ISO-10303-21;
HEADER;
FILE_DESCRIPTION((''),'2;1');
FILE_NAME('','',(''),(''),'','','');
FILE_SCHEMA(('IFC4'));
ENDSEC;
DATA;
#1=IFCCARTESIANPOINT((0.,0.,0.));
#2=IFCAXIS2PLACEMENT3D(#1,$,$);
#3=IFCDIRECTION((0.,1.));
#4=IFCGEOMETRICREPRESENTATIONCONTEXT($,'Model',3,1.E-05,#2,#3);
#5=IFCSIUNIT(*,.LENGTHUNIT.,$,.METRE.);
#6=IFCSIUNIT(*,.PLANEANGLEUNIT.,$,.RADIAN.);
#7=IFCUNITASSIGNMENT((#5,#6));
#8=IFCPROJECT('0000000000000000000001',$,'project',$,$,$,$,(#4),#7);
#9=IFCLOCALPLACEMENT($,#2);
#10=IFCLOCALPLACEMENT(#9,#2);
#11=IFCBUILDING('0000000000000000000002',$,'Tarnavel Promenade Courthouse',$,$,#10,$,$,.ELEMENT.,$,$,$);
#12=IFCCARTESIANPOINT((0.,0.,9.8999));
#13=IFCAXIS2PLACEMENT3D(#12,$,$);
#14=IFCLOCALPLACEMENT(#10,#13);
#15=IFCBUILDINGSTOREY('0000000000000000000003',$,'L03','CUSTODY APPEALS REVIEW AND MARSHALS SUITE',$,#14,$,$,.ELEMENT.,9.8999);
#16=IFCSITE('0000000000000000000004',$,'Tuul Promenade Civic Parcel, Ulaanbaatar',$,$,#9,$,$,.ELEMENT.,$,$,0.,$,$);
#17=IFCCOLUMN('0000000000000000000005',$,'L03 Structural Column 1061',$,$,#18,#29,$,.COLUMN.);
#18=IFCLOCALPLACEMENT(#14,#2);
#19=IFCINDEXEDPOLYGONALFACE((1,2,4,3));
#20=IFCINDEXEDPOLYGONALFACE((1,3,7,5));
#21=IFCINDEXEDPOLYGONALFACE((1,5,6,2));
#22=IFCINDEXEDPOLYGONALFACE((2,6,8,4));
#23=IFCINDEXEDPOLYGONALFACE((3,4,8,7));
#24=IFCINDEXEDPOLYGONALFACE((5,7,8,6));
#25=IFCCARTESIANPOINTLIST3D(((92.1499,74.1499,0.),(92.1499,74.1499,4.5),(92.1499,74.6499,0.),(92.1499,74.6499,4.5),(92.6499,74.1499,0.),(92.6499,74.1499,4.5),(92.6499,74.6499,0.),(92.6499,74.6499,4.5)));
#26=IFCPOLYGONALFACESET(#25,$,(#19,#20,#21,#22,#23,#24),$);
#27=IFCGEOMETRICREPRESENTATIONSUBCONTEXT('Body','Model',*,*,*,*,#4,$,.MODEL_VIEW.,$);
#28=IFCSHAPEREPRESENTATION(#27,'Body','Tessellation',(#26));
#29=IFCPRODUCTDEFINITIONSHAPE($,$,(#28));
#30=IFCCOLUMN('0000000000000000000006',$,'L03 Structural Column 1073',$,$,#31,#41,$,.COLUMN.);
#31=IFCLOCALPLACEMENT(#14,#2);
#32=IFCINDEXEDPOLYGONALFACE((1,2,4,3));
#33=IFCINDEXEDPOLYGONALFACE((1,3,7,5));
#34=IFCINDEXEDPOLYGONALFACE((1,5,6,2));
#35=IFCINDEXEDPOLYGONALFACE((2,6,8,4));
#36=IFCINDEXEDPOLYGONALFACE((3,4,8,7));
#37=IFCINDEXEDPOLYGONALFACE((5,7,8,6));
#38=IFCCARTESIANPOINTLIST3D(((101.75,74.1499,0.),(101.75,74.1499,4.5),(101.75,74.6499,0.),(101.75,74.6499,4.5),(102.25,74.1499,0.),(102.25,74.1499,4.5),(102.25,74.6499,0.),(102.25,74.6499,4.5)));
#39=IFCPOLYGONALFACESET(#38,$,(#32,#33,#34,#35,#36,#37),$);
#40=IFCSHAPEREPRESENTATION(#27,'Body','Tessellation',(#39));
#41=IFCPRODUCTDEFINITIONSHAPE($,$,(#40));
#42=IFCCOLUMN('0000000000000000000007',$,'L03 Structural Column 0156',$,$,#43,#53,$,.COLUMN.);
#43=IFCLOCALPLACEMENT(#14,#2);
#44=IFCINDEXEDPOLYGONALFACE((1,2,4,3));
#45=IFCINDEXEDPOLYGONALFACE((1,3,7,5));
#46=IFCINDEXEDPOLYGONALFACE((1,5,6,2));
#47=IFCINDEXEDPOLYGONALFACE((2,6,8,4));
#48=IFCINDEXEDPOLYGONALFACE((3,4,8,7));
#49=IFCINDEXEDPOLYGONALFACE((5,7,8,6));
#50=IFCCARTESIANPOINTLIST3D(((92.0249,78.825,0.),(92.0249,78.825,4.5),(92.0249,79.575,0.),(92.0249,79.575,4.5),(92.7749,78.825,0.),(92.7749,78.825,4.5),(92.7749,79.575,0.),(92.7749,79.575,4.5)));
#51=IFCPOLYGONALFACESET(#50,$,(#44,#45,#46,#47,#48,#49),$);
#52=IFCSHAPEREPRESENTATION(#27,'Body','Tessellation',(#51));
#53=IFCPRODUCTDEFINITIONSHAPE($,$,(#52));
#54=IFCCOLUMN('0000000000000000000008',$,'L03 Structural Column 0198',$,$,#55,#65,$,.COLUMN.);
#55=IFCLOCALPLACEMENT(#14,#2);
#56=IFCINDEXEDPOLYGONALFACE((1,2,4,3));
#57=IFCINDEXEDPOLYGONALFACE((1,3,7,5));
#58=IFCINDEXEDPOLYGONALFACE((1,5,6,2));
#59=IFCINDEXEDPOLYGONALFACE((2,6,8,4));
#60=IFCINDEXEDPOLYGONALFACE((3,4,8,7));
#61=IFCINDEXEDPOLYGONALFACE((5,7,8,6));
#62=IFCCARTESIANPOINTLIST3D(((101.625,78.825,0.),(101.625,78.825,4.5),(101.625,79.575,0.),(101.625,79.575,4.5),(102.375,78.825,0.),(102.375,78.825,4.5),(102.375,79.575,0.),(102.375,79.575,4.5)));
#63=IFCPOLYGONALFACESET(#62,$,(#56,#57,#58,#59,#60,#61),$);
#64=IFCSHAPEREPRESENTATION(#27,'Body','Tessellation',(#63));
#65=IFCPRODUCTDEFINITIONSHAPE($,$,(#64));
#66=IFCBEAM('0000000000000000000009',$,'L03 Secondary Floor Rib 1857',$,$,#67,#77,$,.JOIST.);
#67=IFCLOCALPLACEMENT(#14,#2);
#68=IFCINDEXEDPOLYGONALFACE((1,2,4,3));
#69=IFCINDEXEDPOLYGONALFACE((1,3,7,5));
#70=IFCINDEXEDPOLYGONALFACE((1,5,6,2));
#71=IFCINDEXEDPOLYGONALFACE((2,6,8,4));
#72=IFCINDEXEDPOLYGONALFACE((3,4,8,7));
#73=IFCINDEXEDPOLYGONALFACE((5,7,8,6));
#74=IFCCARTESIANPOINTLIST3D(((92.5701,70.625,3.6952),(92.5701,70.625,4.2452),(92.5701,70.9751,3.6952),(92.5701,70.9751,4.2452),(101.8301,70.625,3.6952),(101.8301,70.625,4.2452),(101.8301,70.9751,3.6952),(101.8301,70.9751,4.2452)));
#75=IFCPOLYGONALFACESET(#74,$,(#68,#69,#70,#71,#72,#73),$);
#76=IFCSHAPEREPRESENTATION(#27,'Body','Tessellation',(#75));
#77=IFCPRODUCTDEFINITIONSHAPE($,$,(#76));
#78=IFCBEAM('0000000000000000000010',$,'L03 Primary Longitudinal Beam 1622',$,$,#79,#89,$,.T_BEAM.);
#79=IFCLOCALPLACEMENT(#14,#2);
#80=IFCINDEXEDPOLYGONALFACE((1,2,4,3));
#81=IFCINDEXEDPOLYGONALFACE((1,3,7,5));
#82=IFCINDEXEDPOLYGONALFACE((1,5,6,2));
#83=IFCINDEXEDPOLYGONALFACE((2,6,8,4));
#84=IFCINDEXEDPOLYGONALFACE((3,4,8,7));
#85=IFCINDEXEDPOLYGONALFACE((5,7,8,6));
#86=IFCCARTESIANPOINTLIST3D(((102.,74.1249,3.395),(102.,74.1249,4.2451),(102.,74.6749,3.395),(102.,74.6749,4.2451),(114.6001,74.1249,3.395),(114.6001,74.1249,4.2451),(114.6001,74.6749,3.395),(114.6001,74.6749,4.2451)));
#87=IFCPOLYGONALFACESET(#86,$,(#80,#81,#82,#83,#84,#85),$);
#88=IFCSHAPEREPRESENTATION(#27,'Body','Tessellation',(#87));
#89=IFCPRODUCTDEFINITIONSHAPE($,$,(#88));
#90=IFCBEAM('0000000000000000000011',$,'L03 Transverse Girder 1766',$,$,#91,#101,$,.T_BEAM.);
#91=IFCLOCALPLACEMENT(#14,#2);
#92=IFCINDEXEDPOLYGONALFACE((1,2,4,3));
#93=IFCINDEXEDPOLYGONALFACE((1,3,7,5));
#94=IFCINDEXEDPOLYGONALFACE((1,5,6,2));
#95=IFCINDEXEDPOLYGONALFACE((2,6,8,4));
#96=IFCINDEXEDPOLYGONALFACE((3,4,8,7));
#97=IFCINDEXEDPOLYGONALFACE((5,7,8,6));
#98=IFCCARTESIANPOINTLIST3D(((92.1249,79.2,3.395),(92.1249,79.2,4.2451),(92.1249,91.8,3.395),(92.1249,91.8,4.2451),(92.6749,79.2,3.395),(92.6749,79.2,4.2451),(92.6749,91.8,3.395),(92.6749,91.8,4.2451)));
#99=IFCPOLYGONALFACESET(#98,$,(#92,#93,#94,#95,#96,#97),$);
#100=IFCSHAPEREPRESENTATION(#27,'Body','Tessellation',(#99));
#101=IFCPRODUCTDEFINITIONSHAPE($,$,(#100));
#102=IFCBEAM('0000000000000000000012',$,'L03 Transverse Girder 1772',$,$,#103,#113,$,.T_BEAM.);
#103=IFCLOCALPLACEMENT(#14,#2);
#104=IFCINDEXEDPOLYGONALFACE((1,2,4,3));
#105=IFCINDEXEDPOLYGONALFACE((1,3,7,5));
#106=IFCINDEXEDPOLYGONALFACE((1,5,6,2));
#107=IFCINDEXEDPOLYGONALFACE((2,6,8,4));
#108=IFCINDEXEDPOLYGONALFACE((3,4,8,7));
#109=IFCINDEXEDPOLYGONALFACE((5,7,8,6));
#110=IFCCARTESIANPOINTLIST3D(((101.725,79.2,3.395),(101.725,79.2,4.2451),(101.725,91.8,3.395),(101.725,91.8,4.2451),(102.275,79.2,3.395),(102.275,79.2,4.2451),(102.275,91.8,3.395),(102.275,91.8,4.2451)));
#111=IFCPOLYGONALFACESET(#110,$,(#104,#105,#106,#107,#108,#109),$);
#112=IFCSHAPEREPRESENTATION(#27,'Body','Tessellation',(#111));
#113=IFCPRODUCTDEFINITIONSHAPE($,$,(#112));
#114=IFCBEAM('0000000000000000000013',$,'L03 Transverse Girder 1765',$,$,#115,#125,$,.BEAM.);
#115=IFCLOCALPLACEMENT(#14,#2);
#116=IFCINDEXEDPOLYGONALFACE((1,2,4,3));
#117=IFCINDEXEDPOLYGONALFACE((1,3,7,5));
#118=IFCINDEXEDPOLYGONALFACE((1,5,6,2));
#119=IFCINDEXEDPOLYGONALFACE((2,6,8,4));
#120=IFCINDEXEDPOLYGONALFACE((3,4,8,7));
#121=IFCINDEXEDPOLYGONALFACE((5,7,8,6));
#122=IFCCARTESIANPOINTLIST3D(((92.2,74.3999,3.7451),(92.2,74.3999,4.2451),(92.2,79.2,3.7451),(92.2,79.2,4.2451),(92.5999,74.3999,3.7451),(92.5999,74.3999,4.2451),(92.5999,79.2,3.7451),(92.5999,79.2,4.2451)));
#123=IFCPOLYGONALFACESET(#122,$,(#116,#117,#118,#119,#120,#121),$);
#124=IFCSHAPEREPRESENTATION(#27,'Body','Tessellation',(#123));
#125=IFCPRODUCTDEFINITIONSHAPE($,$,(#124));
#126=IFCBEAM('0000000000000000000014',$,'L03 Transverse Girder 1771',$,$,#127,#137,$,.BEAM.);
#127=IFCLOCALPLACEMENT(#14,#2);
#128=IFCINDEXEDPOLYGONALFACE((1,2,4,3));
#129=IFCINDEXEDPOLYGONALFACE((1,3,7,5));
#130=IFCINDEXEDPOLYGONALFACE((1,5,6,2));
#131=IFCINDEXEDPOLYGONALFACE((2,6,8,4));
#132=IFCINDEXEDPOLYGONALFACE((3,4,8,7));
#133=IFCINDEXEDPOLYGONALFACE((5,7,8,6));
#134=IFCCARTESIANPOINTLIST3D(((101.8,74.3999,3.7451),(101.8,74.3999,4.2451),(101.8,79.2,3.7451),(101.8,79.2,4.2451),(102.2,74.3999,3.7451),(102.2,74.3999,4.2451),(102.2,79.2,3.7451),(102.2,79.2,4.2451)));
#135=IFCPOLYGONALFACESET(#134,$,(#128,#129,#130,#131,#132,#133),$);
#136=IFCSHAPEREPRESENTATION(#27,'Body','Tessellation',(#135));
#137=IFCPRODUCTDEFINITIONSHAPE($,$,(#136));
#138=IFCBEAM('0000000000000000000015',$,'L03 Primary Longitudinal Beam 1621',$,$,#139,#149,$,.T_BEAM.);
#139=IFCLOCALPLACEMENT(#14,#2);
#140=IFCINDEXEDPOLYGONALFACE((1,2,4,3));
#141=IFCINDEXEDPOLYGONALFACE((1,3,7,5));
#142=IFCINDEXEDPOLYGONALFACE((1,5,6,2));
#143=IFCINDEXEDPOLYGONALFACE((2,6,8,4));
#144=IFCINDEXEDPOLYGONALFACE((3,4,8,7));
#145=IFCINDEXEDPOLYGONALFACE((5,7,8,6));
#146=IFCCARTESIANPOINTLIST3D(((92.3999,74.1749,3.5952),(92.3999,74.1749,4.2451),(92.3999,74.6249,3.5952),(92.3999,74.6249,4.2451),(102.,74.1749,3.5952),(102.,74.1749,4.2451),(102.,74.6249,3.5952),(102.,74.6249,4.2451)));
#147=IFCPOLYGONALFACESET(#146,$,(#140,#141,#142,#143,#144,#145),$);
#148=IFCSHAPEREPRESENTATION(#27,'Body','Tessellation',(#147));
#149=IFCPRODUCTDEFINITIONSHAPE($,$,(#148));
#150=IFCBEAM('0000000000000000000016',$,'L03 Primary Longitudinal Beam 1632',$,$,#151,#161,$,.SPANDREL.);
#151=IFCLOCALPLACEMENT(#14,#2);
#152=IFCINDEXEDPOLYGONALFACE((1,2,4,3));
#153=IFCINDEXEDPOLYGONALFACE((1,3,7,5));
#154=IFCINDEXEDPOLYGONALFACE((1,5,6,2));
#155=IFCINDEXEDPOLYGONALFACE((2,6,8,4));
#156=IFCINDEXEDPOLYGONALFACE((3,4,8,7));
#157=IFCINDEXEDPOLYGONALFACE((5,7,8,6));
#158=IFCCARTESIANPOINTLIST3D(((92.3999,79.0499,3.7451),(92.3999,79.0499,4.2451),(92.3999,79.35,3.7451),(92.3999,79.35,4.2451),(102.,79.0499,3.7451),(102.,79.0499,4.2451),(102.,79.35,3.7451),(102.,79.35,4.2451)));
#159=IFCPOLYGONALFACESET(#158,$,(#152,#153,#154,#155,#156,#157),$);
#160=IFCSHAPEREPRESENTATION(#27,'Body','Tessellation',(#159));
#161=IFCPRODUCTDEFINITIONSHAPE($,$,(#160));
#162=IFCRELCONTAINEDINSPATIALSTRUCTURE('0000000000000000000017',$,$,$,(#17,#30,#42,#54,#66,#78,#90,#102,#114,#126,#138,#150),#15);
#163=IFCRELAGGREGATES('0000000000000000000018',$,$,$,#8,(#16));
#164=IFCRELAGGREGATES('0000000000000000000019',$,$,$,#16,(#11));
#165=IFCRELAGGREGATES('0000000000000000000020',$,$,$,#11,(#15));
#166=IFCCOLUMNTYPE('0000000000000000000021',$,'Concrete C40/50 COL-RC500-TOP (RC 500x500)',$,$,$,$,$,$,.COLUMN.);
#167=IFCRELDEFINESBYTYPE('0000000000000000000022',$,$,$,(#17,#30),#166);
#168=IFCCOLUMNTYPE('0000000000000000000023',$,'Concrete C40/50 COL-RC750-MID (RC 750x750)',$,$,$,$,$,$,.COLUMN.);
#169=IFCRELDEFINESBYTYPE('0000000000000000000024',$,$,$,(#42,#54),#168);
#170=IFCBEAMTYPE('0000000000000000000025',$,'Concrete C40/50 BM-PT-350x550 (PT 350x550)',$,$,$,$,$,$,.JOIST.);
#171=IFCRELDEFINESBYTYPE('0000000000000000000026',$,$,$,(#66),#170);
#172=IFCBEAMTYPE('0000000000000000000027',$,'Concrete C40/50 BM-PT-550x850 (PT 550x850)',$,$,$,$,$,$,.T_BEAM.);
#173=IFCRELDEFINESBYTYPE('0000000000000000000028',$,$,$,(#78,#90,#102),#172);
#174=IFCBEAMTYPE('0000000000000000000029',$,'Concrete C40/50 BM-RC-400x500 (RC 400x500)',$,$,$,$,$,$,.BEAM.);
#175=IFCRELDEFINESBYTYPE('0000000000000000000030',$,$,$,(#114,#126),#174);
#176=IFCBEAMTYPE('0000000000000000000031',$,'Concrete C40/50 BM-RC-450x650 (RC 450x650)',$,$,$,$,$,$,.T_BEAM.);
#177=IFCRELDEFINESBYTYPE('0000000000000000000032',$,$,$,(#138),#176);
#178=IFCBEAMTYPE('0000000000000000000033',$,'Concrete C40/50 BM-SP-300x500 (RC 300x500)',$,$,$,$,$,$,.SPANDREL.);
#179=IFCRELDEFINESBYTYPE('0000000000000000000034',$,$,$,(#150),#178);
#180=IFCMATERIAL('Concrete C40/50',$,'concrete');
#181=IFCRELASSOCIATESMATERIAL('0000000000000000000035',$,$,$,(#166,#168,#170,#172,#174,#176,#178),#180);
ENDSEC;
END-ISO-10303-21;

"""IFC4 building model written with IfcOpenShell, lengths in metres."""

from ifc_helpers import new_model, si_unit, direction, frame, origin, origin_2d, place, context, subcontext, project, spatial, rectangle, extrude, material, material_profile, profile_set, type_object, element, save


model = new_model("IFC4")

# Units and contexts
model_context = context("Model", 3, precision=1e-05, world=origin(), true_north=direction((0.0, 1.0)))
body_context = subcontext(model_context, "Body", "Model", "MODEL_VIEW")
ifc_project = project(units=[si_unit("LENGTHUNIT", "METRE"), si_unit("PLANEANGLEUNIT", "RADIAN")], contexts=[model_context])

# Site, building, storey
site_placement = place(None, origin())
site = spatial("IfcSite", under=ifc_project, at=site_placement, Name="Tuul Promenade Civic Parcel, Ulaanbaatar", CompositionType="ELEMENT", RefElevation=0.0)
building_placement = place(site_placement, origin())
building = spatial("IfcBuilding", under=site, at=building_placement, Name="Tarnavel Promenade Courthouse", CompositionType="ELEMENT")
storey_placement = place(building_placement, frame((0.0, 0.0, 9.8999)))
storey = spatial("IfcBuildingStorey", under=building, at=storey_placement, Name="L03", Description="CUSTODY APPEALS REVIEW AND MARSHALS SUITE", CompositionType="ELEMENT", Elevation=9.8999)

# Columns
ifc_material_1 = material(Name="Concrete C40/50", Category="concrete")
ifc_material_profile_1 = material_profile(ifc_material_1, rectangle(XDim=0.5, YDim=0.5, at=origin_2d()), Name="RC 500x500")
ifc_profile_set_1 = profile_set([ifc_material_profile_1], Name="Concrete C40/50")
column_type_1 = type_object("IfcColumnType", Name="Concrete C40/50 COL-RC500-TOP (RC 500x500)", PredefinedType="COLUMN", material=ifc_profile_set_1)
for number, where, z_axis, x_axis, name in (
    (1, (92.3999, 74.3999, 0.0), (0.0, 0.0, 1.0), (1.0, 0.0, 0.0), "L03 Structural Column 1061"),
    (2, (102.0, 74.3999, 0.0), (0.0, 0.0, 1.0), (1.0, 0.0, 0.0), "L03 Structural Column 1073"),
):
    element("IfcColumn", number, at=place(storey_placement, frame(where, z_axis=z_axis, x_axis=x_axis)), inside=storey, type_object=column_type_1, Name=name, PredefinedType="COLUMN", context=body_context, shape_type="SweptSolid", body=[
        extrude(rectangle(XDim=0.5, YDim=0.5, at=origin_2d()), origin(), (0.0, 0.0, 1.0), 4.5),
    ])
ifc_material_profile_2 = material_profile(ifc_material_1, rectangle(XDim=0.75, YDim=0.75, at=origin_2d()), Name="RC 750x750")
ifc_profile_set_2 = profile_set([ifc_material_profile_2], Name="Concrete C40/50")
column_type_2 = type_object("IfcColumnType", Name="Concrete C40/50 COL-RC750-MID (RC 750x750)", PredefinedType="COLUMN", material=ifc_profile_set_2)
for number, where, z_axis, x_axis, name in (
    (3, (92.3999, 79.2, 0.0), (0.0, 0.0, 1.0), (1.0, 0.0, 0.0), "L03 Structural Column 0156"),
    (4, (102.0, 79.2, 0.0), (0.0, 0.0, 1.0), (1.0, 0.0, 0.0), "L03 Structural Column 0198"),
):
    element("IfcColumn", number, at=place(storey_placement, frame(where, z_axis=z_axis, x_axis=x_axis)), inside=storey, type_object=column_type_2, Name=name, PredefinedType="COLUMN", context=body_context, shape_type="SweptSolid", body=[
        extrude(rectangle(XDim=0.75, YDim=0.75, at=origin_2d()), origin(), (0.0, 0.0, 1.0), 4.5),
    ])

# Beams
ifc_material_profile_3 = material_profile(ifc_material_1, rectangle(XDim=0.3501, YDim=0.55, at=origin_2d()), Name="PT 350x550")
ifc_profile_set_3 = profile_set([ifc_material_profile_3], Name="Concrete C40/50")
beam_type_1 = type_object("IfcBeamType", Name="Concrete C40/50 BM-PT-350x550 (PT 350x550)", PredefinedType="JOIST", material=ifc_profile_set_3)
beam_1_placement = place(storey_placement, frame((92.5701, 70.8, 3.9702), z_axis=(1.0, 0.0, 0.0), x_axis=(0.0, 1.0, 0.0)))
element("IfcBeam", 5, at=beam_1_placement, inside=storey, type_object=beam_type_1, Name="L03 Secondary Floor Rib 1857", PredefinedType="JOIST", context=body_context, shape_type="SweptSolid", body=[
    extrude(rectangle(XDim=0.3501, YDim=0.55, at=origin_2d()), origin(), (0.0, 0.0, 1.0), 9.26),
])
ifc_material_profile_4 = material_profile(ifc_material_1, rectangle(XDim=0.55, YDim=0.8501, at=origin_2d()), Name="PT 550x850")
ifc_profile_set_4 = profile_set([ifc_material_profile_4], Name="Concrete C40/50")
beam_type_2 = type_object("IfcBeamType", Name="Concrete C40/50 BM-PT-550x850 (PT 550x850)", PredefinedType="T_BEAM", material=ifc_profile_set_4)
for number, where, z_axis, x_axis, name in (
    (6, (102.0, 74.3999, 3.8201), (1.0, 0.0, 0.0), (0.0, 1.0, 0.0), "L03 Primary Longitudinal Beam 1622"),
    (7, (92.3999, 79.2, 3.8201), (0.0, 1.0, 0.0), (-1.0, 0.0, 0.0), "L03 Transverse Girder 1766"),
    (8, (102.0, 79.2, 3.8201), (0.0, 1.0, 0.0), (-1.0, 0.0, 0.0), "L03 Transverse Girder 1772"),
):
    element("IfcBeam", number, at=place(storey_placement, frame(where, z_axis=z_axis, x_axis=x_axis)), inside=storey, type_object=beam_type_2, Name=name, PredefinedType="T_BEAM", context=body_context, shape_type="SweptSolid", body=[
        extrude(rectangle(XDim=0.55, YDim=0.8501, at=origin_2d()), origin(), (0.0, 0.0, 1.0), 12.6001),
    ])
ifc_material_profile_5 = material_profile(ifc_material_1, rectangle(XDim=0.3999, YDim=0.5, at=origin_2d()), Name="RC 400x500")
ifc_profile_set_5 = profile_set([ifc_material_profile_5], Name="Concrete C40/50")
beam_type_3 = type_object("IfcBeamType", Name="Concrete C40/50 BM-RC-400x500 (RC 400x500)", PredefinedType="BEAM", material=ifc_profile_set_5)
for number, where, z_axis, x_axis, name in (
    (9, (92.3999, 74.3999, 3.9951), (0.0, 1.0, 0.0), (-1.0, 0.0, 0.0), "L03 Transverse Girder 1765"),
    (10, (102.0, 74.3999, 3.9951), (0.0, 1.0, 0.0), (-1.0, 0.0, 0.0), "L03 Transverse Girder 1771"),
):
    element("IfcBeam", number, at=place(storey_placement, frame(where, z_axis=z_axis, x_axis=x_axis)), inside=storey, type_object=beam_type_3, Name=name, PredefinedType="BEAM", context=body_context, shape_type="SweptSolid", body=[
        extrude(rectangle(XDim=0.3999, YDim=0.5, at=origin_2d()), origin(), (0.0, 0.0, 1.0), 4.8),
    ])
ifc_material_profile_6 = material_profile(ifc_material_1, rectangle(XDim=0.45, YDim=0.6499, at=origin_2d()), Name="RC 450x650")
ifc_profile_set_6 = profile_set([ifc_material_profile_6], Name="Concrete C40/50")
beam_type_4 = type_object("IfcBeamType", Name="Concrete C40/50 BM-RC-450x650 (RC 450x650)", PredefinedType="T_BEAM", material=ifc_profile_set_6)
beam_2_placement = place(storey_placement, frame((92.3999, 74.3999, 3.9202), z_axis=(1.0, 0.0, 0.0), x_axis=(0.0, 1.0, 0.0)))
element("IfcBeam", 11, at=beam_2_placement, inside=storey, type_object=beam_type_4, Name="L03 Primary Longitudinal Beam 1621", PredefinedType="T_BEAM", context=body_context, shape_type="SweptSolid", body=[
    extrude(rectangle(XDim=0.45, YDim=0.6499, at=origin_2d()), origin(), (0.0, 0.0, 1.0), 9.6001),
])
ifc_material_profile_7 = material_profile(ifc_material_1, rectangle(XDim=0.3, YDim=0.5, at=origin_2d()), Name="RC 300x500")
ifc_profile_set_7 = profile_set([ifc_material_profile_7], Name="Concrete C40/50")
beam_type_5 = type_object("IfcBeamType", Name="Concrete C40/50 BM-SP-300x500 (RC 300x500)", PredefinedType="SPANDREL", material=ifc_profile_set_7)
beam_3_placement = place(storey_placement, frame((92.3999, 79.2, 3.9951), z_axis=(1.0, 0.0, 0.0), x_axis=(0.0, 1.0, 0.0)))
element("IfcBeam", 12, at=beam_3_placement, inside=storey, type_object=beam_type_5, Name="L03 Primary Longitudinal Beam 1632", PredefinedType="SPANDREL", context=body_context, shape_type="SweptSolid", body=[
    extrude(rectangle(XDim=0.3, YDim=0.5, at=origin_2d()), origin(), (0.0, 0.0, 1.0), 9.6001),
])

save(model, "model.ifc")
